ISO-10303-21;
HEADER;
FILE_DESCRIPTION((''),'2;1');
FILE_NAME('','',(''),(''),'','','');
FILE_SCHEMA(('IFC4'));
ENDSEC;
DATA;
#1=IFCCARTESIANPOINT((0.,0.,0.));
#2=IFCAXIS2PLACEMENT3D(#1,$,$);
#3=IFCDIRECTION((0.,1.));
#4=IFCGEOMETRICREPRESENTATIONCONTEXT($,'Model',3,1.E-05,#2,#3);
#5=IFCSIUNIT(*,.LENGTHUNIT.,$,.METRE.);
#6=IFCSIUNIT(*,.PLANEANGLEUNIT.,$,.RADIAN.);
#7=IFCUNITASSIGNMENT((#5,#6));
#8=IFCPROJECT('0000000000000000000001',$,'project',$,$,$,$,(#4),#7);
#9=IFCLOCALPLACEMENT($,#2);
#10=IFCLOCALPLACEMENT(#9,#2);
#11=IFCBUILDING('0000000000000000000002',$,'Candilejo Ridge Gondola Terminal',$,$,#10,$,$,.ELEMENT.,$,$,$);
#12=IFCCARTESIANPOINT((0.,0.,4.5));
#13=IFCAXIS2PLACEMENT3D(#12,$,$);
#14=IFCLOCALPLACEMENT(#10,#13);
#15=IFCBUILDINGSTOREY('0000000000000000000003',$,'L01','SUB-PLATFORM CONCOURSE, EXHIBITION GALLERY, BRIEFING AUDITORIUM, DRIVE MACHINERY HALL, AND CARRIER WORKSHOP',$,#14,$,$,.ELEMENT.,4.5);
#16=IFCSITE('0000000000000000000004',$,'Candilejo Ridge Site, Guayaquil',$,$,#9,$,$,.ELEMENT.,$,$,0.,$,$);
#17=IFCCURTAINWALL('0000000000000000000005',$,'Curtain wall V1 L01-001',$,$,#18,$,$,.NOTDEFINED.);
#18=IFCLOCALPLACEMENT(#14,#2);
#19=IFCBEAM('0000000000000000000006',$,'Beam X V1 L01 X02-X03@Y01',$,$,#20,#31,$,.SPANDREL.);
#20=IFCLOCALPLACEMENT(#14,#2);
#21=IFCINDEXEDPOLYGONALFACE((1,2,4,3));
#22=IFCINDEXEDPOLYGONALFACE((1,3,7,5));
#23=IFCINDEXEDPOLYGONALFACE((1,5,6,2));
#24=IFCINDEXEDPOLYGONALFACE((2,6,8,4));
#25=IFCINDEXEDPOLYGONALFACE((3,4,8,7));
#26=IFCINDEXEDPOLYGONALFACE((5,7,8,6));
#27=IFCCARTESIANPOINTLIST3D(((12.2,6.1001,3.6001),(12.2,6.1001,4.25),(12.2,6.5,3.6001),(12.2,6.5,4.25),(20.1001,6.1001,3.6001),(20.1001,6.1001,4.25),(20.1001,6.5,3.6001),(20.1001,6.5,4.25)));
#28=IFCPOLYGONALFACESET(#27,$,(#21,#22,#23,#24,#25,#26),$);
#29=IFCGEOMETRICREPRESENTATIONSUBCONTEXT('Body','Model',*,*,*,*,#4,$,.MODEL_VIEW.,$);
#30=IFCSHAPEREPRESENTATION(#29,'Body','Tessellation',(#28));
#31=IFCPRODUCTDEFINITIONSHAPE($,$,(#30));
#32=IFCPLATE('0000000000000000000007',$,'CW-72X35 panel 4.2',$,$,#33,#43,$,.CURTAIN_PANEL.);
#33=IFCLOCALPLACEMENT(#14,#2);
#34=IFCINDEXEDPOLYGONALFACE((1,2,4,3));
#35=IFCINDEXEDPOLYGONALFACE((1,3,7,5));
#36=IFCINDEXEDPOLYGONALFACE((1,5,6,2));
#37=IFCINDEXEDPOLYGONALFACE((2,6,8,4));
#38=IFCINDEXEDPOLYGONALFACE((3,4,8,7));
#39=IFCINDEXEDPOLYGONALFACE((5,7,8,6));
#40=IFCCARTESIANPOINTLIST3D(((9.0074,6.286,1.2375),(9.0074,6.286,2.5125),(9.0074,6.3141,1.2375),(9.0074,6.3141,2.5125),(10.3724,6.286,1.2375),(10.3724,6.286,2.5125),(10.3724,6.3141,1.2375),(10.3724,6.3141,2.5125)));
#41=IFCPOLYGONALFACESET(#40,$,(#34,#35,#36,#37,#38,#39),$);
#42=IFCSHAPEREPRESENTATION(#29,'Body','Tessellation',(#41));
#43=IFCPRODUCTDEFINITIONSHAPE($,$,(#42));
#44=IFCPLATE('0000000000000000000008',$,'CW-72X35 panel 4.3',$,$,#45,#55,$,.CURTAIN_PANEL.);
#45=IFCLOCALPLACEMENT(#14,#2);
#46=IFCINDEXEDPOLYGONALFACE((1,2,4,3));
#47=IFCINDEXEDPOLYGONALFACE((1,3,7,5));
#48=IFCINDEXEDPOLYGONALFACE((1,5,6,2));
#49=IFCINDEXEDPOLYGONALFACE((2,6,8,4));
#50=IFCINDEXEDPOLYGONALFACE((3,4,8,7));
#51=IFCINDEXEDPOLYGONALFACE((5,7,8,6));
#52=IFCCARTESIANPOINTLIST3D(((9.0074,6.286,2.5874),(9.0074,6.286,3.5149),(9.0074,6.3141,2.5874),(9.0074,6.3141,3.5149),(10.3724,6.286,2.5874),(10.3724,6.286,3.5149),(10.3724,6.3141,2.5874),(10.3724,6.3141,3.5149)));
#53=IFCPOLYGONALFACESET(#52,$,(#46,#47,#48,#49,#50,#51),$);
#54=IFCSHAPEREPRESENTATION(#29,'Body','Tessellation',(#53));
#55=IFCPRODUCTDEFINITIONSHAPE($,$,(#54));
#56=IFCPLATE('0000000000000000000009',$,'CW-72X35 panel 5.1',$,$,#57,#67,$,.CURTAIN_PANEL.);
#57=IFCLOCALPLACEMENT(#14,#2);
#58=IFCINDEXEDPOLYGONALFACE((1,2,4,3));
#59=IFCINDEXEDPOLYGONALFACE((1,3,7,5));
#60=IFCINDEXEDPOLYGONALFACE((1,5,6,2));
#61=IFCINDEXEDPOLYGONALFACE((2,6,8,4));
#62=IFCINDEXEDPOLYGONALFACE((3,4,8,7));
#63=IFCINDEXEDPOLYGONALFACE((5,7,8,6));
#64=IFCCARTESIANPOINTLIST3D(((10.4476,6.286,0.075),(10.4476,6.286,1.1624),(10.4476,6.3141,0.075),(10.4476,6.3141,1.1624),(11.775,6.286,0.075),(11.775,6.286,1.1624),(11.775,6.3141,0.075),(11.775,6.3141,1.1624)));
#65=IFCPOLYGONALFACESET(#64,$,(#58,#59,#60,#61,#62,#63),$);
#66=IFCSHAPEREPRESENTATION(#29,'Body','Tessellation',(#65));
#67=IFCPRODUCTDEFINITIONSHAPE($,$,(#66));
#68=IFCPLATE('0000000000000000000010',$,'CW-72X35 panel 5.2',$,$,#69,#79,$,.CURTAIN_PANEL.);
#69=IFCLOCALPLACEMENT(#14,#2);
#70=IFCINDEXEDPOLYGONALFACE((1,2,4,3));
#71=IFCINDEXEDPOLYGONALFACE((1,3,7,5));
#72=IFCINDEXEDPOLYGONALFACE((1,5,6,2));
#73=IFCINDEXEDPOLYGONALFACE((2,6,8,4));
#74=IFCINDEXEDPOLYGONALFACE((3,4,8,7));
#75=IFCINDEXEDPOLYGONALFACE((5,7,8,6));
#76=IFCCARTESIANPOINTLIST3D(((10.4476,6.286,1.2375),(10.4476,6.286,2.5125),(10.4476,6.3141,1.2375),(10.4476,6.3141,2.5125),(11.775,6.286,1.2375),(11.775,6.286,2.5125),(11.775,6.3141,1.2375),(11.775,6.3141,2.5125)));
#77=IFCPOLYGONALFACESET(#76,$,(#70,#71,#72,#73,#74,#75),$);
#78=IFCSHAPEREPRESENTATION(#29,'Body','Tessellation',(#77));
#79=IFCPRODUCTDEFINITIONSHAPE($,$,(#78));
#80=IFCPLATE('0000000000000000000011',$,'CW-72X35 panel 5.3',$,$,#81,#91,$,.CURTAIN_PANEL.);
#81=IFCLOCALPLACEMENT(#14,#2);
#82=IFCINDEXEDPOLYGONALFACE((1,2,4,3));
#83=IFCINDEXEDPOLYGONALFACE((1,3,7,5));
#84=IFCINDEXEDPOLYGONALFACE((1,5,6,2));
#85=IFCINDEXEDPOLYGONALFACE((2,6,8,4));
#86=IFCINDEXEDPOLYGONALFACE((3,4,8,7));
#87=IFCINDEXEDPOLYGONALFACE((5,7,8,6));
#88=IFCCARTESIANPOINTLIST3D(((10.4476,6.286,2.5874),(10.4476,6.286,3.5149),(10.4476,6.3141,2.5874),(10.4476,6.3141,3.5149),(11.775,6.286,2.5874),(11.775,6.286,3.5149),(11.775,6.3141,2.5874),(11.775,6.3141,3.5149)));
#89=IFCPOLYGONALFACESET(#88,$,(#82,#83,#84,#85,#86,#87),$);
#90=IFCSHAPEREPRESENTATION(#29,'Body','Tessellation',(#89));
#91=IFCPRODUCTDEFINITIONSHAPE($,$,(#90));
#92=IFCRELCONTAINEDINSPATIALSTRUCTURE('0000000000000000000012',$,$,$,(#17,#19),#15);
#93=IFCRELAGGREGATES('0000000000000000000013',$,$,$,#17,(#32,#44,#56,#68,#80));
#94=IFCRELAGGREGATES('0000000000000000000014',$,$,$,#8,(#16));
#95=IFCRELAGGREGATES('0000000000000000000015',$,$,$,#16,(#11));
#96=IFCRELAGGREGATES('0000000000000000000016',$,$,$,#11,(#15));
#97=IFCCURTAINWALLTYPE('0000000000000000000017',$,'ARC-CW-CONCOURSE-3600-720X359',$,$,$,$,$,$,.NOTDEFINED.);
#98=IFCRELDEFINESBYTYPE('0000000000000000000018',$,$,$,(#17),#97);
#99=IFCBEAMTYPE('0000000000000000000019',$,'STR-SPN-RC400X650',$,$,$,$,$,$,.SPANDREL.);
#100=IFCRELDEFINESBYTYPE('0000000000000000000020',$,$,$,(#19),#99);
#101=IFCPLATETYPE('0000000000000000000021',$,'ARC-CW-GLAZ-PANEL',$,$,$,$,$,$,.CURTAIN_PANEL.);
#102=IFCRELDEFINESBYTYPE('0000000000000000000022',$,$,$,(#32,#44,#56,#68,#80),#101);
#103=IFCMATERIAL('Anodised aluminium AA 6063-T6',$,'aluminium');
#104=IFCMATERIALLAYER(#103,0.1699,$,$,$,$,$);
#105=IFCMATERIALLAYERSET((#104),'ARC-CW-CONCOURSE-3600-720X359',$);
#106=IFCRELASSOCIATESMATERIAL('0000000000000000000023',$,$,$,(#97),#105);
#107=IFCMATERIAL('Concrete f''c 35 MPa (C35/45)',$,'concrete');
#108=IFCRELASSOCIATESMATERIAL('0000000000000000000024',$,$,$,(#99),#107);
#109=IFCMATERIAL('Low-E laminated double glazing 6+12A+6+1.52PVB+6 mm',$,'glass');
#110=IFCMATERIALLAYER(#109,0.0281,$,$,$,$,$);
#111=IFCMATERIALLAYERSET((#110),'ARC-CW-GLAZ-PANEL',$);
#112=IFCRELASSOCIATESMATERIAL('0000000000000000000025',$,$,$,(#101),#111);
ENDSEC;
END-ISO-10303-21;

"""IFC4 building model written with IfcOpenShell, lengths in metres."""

from ifc_helpers import new_model, si_unit, direction, frame, origin, origin_2d, place, context, subcontext, project, spatial, rectangle, extrude, material, layer, layer_set, material_profile, profile_set, type_object, element, aggregate, save


model = new_model("IFC4")

# Units and contexts
model_context = context("Model", 3, precision=1e-05, world=origin(), true_north=direction((0.0, 1.0)))
body_context = subcontext(model_context, "Body", "Model", "MODEL_VIEW")
ifc_project = project(units=[si_unit("LENGTHUNIT", "METRE"), si_unit("PLANEANGLEUNIT", "RADIAN")], contexts=[model_context])

# Site, building, storey
site_placement = place(None, origin())
site = spatial("IfcSite", under=ifc_project, at=site_placement, Name="Candilejo Ridge Site, Guayaquil", CompositionType="ELEMENT", RefElevation=0.0)
building_placement = place(site_placement, origin())
building = spatial("IfcBuilding", under=site, at=building_placement, Name="Candilejo Ridge Gondola Terminal", CompositionType="ELEMENT")
storey_placement = place(building_placement, frame((0.0, 0.0, 4.5)))
storey = spatial("IfcBuildingStorey", under=building, at=storey_placement, Name="L01", Description="SUB-PLATFORM CONCOURSE, EXHIBITION GALLERY, BRIEFING AUDITORIUM, DRIVE MACHINERY HALL, AND CARRIER WORKSHOP", CompositionType="ELEMENT", Elevation=4.5)

# Curtain wall
ifc_material_1 = material(Name="Anodised aluminium AA 6063-T6", Category="aluminium")
ifc_layer_1 = layer(ifc_material_1, 0.1699)
ifc_layer_set_1 = layer_set([ifc_layer_1], Name="ARC-CW-CONCOURSE-3600-720X359")
curtain_wall_type = type_object("IfcCurtainWallType", Name="ARC-CW-CONCOURSE-3600-720X359", PredefinedType="NOTDEFINED", material=ifc_layer_set_1)
curtain_wall_1_placement = place(storey_placement, origin())
curtain_wall_1 = element("IfcCurtainWall", 1, at=curtain_wall_1_placement, inside=storey, type_object=curtain_wall_type, Name="Curtain wall V1 L01-001", PredefinedType="NOTDEFINED")

# Beam
ifc_material_2 = material(Name="Concrete f'c 35 MPa (C35/45)", Category="concrete")
ifc_material_profile_1 = material_profile(ifc_material_2, rectangle(XDim=0.3999, YDim=0.6499, at=origin_2d()))
ifc_profile_set_1 = profile_set([ifc_material_profile_1], Name="Concrete f'c 35 MPa (C35/45)")
beam_type_1 = type_object("IfcBeamType", Name="STR-SPN-RC400X650", PredefinedType="SPANDREL", material=ifc_profile_set_1)
beam_1_placement = place(storey_placement, frame((12.2, 6.3, 3.925), z_axis=(1.0, 0.0, 0.0), x_axis=(0.0, 1.0, 0.0)))
element("IfcBeam", 2, at=beam_1_placement, inside=storey, type_object=beam_type_1, Name="Beam X V1 L01 X02-X03@Y01", PredefinedType="SPANDREL", context=body_context, shape_type="SweptSolid", body=[
    extrude(rectangle(XDim=0.3999, YDim=0.6499, at=origin_2d()), origin(), (0.0, 0.0, 1.0), 7.9001),
])

# Plates
ifc_material_3 = material(Name="Low-E laminated double glazing 6+12A+6+1.52PVB+6 mm", Category="glass")
ifc_layer_2 = layer(ifc_material_3, 0.0281)
ifc_layer_set_2 = layer_set([ifc_layer_2], Name="ARC-CW-GLAZ-PANEL")
plate_type = type_object("IfcPlateType", Name="ARC-CW-GLAZ-PANEL", PredefinedType="CURTAIN_PANEL", material=ifc_layer_set_2)
plate_1_placement = place(storey_placement, frame((9.6899, 6.3, 1.2375), z_axis=(0.0, 0.0, 1.0), x_axis=(1.0, 0.0, 0.0)))
plate_1 = element("IfcPlate", 3, at=plate_1_placement, type_object=plate_type, Name="CW-72X35 panel 4.2", PredefinedType="CURTAIN_PANEL", context=body_context, shape_type="SweptSolid", body=[
    extrude(rectangle(XDim=1.365, YDim=0.0281, at=origin_2d()), origin(), (0.0, 0.0, 1.0), 1.2749),
])
plate_2_placement = place(storey_placement, frame((9.6899, 6.3, 2.5874), z_axis=(0.0, 0.0, 1.0), x_axis=(1.0, 0.0, 0.0)))
plate_2 = element("IfcPlate", 4, at=plate_2_placement, type_object=plate_type, Name="CW-72X35 panel 4.3", PredefinedType="CURTAIN_PANEL", context=body_context, shape_type="SweptSolid", body=[
    extrude(rectangle(XDim=1.365, YDim=0.0281, at=origin_2d()), origin(), (0.0, 0.0, 1.0), 0.9275),
])
plate_3_placement = place(storey_placement, frame((11.1113, 6.3, 0.075), z_axis=(0.0, 0.0, 1.0), x_axis=(1.0, 0.0, 0.0)))
plate_3 = element("IfcPlate", 5, at=plate_3_placement, type_object=plate_type, Name="CW-72X35 panel 5.1", PredefinedType="CURTAIN_PANEL", context=body_context, shape_type="SweptSolid", body=[
    extrude(rectangle(XDim=1.3274, YDim=0.0281, at=origin_2d()), origin(), (0.0, 0.0, 1.0), 1.0874),
])
plate_4_placement = place(storey_placement, frame((11.1113, 6.3, 1.2375), z_axis=(0.0, 0.0, 1.0), x_axis=(1.0, 0.0, 0.0)))
plate_4 = element("IfcPlate", 6, at=plate_4_placement, type_object=plate_type, Name="CW-72X35 panel 5.2", PredefinedType="CURTAIN_PANEL", context=body_context, shape_type="SweptSolid", body=[
    extrude(rectangle(XDim=1.3274, YDim=0.0281, at=origin_2d()), origin(), (0.0, 0.0, 1.0), 1.2749),
])
plate_5_placement = place(storey_placement, frame((11.1113, 6.3, 2.5874), z_axis=(0.0, 0.0, 1.0), x_axis=(1.0, 0.0, 0.0)))
plate_5 = element("IfcPlate", 7, at=plate_5_placement, type_object=plate_type, Name="CW-72X35 panel 5.3", PredefinedType="CURTAIN_PANEL", context=body_context, shape_type="SweptSolid", body=[
    extrude(rectangle(XDim=1.3274, YDim=0.0281, at=origin_2d()), origin(), (0.0, 0.0, 1.0), 0.9275),
])
aggregate(curtain_wall_1, [plate_1, plate_2, plate_3, plate_4, plate_5])

save(model, "model.ifc")
